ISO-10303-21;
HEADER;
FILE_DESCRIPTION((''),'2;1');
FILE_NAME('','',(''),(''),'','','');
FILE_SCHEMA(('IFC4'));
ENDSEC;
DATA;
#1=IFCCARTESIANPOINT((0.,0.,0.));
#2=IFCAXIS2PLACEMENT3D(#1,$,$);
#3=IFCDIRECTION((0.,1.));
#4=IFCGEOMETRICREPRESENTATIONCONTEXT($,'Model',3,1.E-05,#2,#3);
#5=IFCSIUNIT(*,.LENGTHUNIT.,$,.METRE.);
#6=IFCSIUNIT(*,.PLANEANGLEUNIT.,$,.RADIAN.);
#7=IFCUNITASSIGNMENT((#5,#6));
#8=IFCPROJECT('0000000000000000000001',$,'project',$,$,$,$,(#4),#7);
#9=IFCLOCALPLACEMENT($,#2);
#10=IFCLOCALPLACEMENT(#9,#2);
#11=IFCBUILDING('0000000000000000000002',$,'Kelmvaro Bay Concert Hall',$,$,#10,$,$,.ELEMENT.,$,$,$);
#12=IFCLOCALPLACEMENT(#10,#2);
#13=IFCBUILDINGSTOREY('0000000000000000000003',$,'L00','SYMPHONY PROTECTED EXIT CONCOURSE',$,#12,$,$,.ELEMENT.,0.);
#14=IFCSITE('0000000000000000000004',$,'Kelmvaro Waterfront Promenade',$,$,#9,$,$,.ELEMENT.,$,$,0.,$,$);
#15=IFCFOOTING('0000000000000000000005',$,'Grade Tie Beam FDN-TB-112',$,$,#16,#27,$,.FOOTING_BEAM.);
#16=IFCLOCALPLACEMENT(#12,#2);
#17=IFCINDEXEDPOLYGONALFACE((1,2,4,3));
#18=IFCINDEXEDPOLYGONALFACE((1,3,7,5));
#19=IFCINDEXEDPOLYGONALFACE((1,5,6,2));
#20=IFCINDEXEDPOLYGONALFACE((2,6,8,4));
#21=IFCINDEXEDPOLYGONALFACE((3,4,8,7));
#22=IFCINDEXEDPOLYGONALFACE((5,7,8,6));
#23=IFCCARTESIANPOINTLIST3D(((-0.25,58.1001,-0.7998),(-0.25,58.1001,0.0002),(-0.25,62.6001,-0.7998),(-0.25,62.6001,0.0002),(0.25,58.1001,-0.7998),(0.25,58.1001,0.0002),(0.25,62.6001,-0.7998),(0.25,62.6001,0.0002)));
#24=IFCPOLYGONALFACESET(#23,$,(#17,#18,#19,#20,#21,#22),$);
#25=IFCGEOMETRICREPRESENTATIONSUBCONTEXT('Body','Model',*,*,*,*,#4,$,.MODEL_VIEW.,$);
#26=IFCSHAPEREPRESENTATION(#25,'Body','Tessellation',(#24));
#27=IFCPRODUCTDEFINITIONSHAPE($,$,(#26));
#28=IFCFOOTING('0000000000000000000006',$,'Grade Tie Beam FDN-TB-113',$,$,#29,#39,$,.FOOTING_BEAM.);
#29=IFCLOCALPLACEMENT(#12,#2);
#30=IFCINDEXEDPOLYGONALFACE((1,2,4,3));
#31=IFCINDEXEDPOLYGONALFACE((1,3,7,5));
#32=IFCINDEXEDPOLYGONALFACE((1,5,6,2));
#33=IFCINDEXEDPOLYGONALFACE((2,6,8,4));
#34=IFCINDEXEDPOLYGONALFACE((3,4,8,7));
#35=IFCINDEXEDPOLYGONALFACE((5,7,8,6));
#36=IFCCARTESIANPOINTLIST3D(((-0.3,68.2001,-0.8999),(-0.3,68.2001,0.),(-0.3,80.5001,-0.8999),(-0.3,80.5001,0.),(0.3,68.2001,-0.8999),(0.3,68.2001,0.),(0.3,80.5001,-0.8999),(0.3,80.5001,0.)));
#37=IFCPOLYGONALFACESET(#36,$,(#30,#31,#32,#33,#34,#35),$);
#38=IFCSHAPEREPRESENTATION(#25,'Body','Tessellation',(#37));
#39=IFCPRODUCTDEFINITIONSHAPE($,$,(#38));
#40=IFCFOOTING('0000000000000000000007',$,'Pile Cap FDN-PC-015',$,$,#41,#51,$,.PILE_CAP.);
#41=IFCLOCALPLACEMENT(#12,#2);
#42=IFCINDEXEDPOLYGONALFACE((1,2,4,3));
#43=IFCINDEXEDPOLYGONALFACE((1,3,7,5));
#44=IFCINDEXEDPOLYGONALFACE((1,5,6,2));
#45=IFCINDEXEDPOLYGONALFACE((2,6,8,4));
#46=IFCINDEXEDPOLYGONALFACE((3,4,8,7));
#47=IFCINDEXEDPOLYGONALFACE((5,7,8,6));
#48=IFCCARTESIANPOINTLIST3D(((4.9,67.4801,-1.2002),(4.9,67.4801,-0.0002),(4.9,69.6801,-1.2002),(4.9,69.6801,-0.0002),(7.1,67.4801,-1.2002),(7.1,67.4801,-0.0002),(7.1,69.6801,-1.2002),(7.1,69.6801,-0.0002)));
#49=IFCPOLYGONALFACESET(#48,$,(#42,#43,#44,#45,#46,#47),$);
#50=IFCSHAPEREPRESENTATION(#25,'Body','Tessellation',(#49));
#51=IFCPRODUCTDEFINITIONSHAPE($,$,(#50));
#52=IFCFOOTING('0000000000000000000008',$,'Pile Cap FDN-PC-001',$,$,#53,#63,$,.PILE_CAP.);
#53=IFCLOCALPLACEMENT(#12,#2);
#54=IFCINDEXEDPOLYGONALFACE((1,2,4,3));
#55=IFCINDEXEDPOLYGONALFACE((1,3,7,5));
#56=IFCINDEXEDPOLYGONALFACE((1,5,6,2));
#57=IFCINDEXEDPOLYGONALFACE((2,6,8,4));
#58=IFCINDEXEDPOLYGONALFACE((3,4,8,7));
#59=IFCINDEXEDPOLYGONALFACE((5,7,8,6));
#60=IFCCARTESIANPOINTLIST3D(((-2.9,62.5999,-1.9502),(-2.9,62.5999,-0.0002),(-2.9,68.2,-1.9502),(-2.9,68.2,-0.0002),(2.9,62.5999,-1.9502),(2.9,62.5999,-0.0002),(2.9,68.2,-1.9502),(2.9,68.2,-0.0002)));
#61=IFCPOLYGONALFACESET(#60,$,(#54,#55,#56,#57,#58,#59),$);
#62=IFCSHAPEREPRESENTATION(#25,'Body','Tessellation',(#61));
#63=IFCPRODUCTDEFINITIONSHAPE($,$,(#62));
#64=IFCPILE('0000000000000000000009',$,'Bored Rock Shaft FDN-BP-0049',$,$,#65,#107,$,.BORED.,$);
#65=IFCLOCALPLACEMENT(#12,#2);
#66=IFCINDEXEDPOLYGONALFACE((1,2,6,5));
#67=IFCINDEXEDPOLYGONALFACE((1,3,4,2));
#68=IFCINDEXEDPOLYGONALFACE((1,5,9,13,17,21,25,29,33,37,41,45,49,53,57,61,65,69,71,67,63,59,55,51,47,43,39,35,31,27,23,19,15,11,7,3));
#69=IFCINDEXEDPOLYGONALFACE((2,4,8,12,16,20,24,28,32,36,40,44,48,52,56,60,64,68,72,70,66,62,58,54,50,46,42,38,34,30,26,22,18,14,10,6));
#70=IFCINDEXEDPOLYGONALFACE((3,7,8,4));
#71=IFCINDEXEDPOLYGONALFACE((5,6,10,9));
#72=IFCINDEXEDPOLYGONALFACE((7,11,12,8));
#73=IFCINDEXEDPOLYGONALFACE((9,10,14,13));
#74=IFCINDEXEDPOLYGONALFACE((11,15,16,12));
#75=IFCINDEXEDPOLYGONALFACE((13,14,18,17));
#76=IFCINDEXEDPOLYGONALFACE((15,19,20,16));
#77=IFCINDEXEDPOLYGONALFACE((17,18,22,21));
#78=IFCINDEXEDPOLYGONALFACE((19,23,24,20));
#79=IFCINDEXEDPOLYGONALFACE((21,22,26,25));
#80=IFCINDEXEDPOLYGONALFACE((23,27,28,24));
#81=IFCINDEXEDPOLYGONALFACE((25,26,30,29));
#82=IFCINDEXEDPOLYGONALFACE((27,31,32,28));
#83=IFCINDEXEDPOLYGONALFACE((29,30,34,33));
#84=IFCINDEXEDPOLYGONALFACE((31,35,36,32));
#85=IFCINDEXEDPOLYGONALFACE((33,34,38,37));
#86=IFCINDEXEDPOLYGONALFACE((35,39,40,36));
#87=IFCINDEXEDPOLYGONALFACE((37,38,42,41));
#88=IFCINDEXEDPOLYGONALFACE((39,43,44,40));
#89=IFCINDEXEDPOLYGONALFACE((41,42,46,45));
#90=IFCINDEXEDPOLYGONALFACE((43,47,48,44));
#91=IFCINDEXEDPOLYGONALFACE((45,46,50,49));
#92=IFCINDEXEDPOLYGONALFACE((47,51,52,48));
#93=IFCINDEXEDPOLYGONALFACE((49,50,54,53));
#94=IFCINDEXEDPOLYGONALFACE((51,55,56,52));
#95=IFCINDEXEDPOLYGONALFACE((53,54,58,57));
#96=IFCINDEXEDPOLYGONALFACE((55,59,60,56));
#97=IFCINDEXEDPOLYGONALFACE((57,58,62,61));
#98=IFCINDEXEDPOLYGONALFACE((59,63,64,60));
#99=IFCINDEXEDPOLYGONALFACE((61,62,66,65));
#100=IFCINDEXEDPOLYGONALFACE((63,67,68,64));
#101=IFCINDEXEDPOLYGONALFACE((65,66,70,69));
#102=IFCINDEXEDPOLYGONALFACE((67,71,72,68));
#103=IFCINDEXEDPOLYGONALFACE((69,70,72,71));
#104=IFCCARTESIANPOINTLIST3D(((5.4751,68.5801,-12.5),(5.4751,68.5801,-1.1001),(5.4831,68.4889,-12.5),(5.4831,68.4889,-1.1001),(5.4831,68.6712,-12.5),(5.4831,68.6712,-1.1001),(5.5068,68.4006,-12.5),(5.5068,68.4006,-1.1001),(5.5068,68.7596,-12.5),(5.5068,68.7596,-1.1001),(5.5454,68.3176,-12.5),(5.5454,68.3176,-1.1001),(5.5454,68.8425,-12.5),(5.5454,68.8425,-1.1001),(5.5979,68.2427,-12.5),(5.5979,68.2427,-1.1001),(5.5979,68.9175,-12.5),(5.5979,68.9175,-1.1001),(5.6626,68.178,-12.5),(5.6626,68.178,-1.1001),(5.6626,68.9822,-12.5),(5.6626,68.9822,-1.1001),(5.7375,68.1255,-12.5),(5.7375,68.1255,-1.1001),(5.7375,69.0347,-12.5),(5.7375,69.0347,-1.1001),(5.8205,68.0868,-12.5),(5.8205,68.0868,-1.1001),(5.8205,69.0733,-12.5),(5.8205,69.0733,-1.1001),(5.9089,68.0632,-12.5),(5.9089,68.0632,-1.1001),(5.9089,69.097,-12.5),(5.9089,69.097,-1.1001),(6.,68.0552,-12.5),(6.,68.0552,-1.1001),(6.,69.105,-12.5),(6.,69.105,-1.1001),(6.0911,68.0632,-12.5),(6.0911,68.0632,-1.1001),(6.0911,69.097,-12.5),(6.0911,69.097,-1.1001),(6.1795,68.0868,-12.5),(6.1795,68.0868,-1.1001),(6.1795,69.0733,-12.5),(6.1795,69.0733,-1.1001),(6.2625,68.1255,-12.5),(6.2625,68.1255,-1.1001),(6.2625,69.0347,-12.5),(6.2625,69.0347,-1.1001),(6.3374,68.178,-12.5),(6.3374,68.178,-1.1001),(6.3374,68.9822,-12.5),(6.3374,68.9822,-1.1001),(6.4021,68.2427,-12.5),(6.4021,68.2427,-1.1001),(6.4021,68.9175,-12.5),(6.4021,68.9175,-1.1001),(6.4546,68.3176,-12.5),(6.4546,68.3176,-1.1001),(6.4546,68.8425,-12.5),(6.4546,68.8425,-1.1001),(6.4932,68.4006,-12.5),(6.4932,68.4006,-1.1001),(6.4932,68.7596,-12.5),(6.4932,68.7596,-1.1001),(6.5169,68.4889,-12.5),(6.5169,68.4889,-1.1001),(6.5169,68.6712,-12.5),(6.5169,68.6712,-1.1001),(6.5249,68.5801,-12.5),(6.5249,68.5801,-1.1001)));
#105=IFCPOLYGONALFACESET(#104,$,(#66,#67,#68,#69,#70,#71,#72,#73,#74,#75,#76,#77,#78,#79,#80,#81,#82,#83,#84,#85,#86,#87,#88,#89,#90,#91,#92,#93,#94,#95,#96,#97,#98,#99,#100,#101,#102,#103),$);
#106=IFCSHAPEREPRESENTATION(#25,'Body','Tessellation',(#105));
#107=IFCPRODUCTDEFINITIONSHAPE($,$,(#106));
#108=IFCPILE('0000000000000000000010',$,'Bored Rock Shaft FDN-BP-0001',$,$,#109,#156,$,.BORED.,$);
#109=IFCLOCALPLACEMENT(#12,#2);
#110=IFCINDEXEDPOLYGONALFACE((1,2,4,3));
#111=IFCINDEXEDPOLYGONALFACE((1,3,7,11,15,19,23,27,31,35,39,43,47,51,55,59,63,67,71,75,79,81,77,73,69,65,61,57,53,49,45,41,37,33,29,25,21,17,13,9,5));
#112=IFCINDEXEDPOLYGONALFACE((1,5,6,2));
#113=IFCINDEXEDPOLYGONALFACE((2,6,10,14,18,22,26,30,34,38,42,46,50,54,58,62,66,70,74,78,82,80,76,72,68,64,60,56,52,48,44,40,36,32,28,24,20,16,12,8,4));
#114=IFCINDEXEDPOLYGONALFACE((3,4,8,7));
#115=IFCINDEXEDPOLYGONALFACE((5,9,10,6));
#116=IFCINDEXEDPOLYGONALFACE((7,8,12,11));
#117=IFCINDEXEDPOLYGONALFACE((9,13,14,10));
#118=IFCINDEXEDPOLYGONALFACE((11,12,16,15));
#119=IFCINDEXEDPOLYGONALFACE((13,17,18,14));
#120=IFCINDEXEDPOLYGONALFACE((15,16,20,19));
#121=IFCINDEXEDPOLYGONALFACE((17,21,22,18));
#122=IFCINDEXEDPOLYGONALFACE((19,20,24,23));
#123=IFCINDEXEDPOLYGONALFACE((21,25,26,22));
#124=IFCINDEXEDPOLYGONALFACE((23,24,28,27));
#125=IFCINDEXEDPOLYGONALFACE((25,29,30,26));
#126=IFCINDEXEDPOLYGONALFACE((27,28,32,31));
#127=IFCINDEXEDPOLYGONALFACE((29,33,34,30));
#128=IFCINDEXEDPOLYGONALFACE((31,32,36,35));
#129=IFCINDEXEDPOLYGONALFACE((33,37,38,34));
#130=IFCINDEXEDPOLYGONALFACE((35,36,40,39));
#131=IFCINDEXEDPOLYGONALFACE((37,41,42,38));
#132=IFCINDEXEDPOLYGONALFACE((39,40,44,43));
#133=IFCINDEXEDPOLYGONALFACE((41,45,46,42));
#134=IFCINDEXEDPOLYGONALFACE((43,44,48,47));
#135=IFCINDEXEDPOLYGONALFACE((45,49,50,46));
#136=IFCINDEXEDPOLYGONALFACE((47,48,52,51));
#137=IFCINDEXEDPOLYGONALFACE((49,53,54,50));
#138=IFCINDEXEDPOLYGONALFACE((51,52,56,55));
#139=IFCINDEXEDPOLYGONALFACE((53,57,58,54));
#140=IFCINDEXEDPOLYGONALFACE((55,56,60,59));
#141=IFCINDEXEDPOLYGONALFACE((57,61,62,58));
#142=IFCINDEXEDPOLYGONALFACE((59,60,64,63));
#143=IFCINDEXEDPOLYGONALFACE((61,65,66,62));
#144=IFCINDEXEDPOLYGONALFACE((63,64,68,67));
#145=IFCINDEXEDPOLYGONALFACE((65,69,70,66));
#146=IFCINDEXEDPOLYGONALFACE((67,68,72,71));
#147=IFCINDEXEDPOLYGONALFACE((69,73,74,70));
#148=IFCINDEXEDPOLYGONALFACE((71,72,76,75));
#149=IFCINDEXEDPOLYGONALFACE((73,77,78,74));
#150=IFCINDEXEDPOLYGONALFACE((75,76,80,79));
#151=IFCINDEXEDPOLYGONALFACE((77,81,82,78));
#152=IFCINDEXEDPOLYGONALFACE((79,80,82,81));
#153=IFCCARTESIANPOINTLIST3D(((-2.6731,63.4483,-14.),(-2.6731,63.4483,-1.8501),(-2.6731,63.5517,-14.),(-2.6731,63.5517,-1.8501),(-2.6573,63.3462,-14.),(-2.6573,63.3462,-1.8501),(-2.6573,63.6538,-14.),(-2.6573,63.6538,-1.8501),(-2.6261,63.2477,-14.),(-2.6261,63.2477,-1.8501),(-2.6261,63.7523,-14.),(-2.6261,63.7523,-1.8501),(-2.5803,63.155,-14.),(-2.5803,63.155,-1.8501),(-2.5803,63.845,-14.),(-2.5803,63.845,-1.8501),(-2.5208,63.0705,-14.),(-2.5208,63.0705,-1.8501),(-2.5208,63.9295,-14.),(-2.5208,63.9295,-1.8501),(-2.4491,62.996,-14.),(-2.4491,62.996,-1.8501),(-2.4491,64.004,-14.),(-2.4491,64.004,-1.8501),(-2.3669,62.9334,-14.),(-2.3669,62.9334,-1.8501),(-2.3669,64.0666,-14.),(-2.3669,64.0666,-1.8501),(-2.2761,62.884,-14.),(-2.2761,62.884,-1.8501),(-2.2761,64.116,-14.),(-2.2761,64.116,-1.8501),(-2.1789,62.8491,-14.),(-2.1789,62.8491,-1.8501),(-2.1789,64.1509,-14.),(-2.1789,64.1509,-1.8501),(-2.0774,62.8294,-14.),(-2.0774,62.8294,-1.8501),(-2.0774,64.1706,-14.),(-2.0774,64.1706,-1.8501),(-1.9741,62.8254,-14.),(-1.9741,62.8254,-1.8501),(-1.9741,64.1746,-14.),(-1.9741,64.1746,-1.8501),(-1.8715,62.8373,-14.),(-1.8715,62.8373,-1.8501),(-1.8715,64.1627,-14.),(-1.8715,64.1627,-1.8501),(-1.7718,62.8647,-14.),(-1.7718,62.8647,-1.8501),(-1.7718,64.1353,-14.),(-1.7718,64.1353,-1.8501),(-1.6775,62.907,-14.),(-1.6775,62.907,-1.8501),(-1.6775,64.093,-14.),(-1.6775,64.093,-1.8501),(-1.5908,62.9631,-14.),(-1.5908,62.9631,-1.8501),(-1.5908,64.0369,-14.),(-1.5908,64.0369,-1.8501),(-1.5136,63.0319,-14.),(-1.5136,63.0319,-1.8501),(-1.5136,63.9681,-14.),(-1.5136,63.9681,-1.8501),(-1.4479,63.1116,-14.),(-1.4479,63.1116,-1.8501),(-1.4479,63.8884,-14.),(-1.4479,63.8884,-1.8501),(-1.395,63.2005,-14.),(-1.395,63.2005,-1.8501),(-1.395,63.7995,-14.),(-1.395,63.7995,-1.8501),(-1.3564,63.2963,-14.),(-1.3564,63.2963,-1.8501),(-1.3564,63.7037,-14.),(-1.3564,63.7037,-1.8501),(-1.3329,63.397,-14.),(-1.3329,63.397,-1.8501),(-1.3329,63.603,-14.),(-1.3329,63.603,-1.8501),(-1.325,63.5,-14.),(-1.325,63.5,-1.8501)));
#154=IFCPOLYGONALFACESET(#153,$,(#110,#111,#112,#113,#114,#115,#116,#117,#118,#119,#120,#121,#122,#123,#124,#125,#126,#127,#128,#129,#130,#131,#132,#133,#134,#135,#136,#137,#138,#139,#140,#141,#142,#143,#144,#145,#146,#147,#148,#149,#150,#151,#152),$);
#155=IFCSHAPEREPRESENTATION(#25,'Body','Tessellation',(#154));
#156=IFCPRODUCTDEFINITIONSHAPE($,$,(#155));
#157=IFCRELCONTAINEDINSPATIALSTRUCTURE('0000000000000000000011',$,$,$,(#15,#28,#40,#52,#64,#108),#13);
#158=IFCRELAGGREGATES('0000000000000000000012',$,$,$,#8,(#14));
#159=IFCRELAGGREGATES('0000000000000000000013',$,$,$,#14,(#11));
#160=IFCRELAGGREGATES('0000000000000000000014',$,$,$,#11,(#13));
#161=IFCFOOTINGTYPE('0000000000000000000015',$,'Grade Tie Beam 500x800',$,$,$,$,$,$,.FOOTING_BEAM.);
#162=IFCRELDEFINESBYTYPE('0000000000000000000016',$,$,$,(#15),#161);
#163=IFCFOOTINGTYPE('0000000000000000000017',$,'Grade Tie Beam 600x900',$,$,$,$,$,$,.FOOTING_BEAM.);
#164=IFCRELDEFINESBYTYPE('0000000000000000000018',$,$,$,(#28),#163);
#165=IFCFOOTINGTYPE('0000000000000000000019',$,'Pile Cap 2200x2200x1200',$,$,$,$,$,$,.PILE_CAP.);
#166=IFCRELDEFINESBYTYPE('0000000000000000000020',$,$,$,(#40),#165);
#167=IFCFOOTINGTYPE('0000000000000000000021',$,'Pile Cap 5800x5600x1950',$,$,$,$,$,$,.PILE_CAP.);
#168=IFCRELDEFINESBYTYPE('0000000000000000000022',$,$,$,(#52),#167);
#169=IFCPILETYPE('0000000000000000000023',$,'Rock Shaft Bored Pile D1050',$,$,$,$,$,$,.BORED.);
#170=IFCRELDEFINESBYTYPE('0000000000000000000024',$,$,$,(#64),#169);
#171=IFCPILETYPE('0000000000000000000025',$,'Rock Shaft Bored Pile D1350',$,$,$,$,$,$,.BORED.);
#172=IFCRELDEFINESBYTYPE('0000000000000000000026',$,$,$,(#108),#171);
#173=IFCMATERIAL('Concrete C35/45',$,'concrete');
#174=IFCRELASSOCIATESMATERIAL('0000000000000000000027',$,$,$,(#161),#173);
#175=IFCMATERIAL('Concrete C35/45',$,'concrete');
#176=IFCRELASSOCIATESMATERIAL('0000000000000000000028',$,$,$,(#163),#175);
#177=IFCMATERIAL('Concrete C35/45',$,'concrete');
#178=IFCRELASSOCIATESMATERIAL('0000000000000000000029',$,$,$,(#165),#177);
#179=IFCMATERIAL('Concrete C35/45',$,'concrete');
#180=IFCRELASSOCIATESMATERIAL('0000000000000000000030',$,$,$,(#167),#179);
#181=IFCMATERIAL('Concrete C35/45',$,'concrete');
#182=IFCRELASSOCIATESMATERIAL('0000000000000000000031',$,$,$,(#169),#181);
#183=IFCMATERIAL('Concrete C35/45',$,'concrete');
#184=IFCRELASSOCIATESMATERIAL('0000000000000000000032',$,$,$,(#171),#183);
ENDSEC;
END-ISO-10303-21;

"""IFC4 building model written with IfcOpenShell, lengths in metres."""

from ifc_helpers import new_model, si_unit, direction, frame, origin, origin_2d, place, context, subcontext, project, spatial, rectangle, circle, extrude, material, material_profile, profile_set, type_object, element, save


model = new_model("IFC4")

# Units and contexts
model_context = context("Model", 3, precision=1e-05, world=origin(), true_north=direction((0.0, 1.0)))
body_context = subcontext(model_context, "Body", "Model", "MODEL_VIEW")
ifc_project = project(units=[si_unit("LENGTHUNIT", "METRE"), si_unit("PLANEANGLEUNIT", "RADIAN")], contexts=[model_context])

# Site, building, storey
site_placement = place(None, origin())
site = spatial("IfcSite", under=ifc_project, at=site_placement, Name="Kelmvaro Waterfront Promenade", CompositionType="ELEMENT", RefElevation=0.0)
building_placement = place(site_placement, origin())
building = spatial("IfcBuilding", under=site, at=building_placement, Name="Kelmvaro Bay Concert Hall", CompositionType="ELEMENT")
storey_placement = place(building_placement, origin())
storey = spatial("IfcBuildingStorey", under=building, at=storey_placement, Name="L00", Description="SYMPHONY PROTECTED EXIT CONCOURSE", CompositionType="ELEMENT", Elevation=0.0)

# Footings
ifc_material_1 = material(Name="Concrete C35/45", Category="concrete")
footing_type_1 = type_object("IfcFootingType", Name="Grade Tie Beam 500x800", PredefinedType="FOOTING_BEAM", material=ifc_material_1)
footing_1_placement = place(storey_placement, frame((0.0, 60.3501, -0.7998), z_axis=(0.0, 0.0, 1.0), x_axis=(0.0, 1.0, 0.0)))
element("IfcFooting", 1, at=footing_1_placement, inside=storey, type_object=footing_type_1, Name="Grade Tie Beam FDN-TB-112", PredefinedType="FOOTING_BEAM", context=body_context, shape_type="SweptSolid", body=[
    extrude(rectangle(XDim=4.5, YDim=0.5, at=origin_2d()), origin(), (0.0, 0.0, 1.0), 0.8),
])
ifc_material_2 = material(Name="Concrete C35/45", Category="concrete")
footing_type_2 = type_object("IfcFootingType", Name="Grade Tie Beam 600x900", PredefinedType="FOOTING_BEAM", material=ifc_material_2)
footing_2_placement = place(storey_placement, frame((0.0, 74.3501, -0.8999), z_axis=(0.0, 0.0, 1.0), x_axis=(0.0, 1.0, 0.0)))
element("IfcFooting", 2, at=footing_2_placement, inside=storey, type_object=footing_type_2, Name="Grade Tie Beam FDN-TB-113", PredefinedType="FOOTING_BEAM", context=body_context, shape_type="SweptSolid", body=[
    extrude(rectangle(XDim=12.3, YDim=0.6001, at=origin_2d()), origin(), (0.0, 0.0, 1.0), 0.8999),
])
ifc_material_3 = material(Name="Concrete C35/45", Category="concrete")
footing_type_3 = type_object("IfcFootingType", Name="Pile Cap 2200x2200x1200", PredefinedType="PILE_CAP", material=ifc_material_3)
footing_3_placement = place(storey_placement, frame((6.0, 68.5801, -1.2002), z_axis=(0.0, 0.0, 1.0), x_axis=(1.0, 0.0, 0.0)))
element("IfcFooting", 3, at=footing_3_placement, inside=storey, type_object=footing_type_3, Name="Pile Cap FDN-PC-015", PredefinedType="PILE_CAP", context=body_context, shape_type="SweptSolid", body=[
    extrude(rectangle(XDim=2.2, YDim=2.2, at=origin_2d()), origin(), (0.0, 0.0, 1.0), 1.2),
])
ifc_material_4 = material(Name="Concrete C35/45", Category="concrete")
footing_type_4 = type_object("IfcFootingType", Name="Pile Cap 5800x5600x1950", PredefinedType="PILE_CAP", material=ifc_material_4)
footing_4_placement = place(storey_placement, frame((0.0, 65.3999, -1.9502), z_axis=(0.0, 0.0, 1.0), x_axis=(1.0, 0.0, 0.0)))
element("IfcFooting", 4, at=footing_4_placement, inside=storey, type_object=footing_type_4, Name="Pile Cap FDN-PC-001", PredefinedType="PILE_CAP", context=body_context, shape_type="SweptSolid", body=[
    extrude(rectangle(XDim=5.8, YDim=5.6001, at=origin_2d()), origin(), (0.0, 0.0, 1.0), 1.95),
])

# Piles
ifc_material_5 = material(Name="Concrete C35/45", Category="concrete")
ifc_material_profile_1 = material_profile(ifc_material_5, circle(Radius=0.5249, at=origin_2d()), Name="PILE-BORED-1050")
ifc_profile_set_1 = profile_set([ifc_material_profile_1], Name="Concrete C35/45")
pile_type_1 = type_object("IfcPileType", Name="Rock Shaft Bored Pile D1050", PredefinedType="BORED", material=ifc_profile_set_1)
pile_placement = place(storey_placement, frame((6.0, 68.5801, -1.1001), z_axis=(0.0, 0.0, -1.0), x_axis=(1.0, 0.0, 0.0)))
element("IfcPile", 5, at=pile_placement, inside=storey, type_object=pile_type_1, Name="Bored Rock Shaft FDN-BP-0049", PredefinedType="BORED", context=body_context, shape_type="SweptSolid", body=[
    extrude(circle(Radius=0.5249, at=origin_2d()), origin(), (0.0, 0.0, 1.0), 11.3999),
])
ifc_material_6 = material(Name="Concrete C35/45", Category="concrete")
ifc_material_profile_2 = material_profile(ifc_material_6, circle(Radius=0.675, at=origin_2d()), Name="PILE-BORED-1350")
ifc_profile_set_2 = profile_set([ifc_material_profile_2], Name="Concrete C35/45")
pile_type_2 = type_object("IfcPileType", Name="Rock Shaft Bored Pile D1350", PredefinedType="BORED", material=ifc_profile_set_2)
for number, where, z_axis, x_axis, name in (
    (6, (-2.0, 63.5, -1.8501), (0.0, 0.0, -1.0), (1.0, 0.0, 0.0), "Bored Rock Shaft FDN-BP-0001"),
):
    element("IfcPile", number, at=place(storey_placement, frame(where, z_axis=z_axis, x_axis=x_axis)), inside=storey, type_object=pile_type_2, Name=name, PredefinedType="BORED", context=body_context, shape_type="SweptSolid", body=[
        extrude(circle(Radius=0.675, at=origin_2d()), origin(), (0.0, 0.0, 1.0), 12.1499),
    ])

save(model, "model.ifc")
